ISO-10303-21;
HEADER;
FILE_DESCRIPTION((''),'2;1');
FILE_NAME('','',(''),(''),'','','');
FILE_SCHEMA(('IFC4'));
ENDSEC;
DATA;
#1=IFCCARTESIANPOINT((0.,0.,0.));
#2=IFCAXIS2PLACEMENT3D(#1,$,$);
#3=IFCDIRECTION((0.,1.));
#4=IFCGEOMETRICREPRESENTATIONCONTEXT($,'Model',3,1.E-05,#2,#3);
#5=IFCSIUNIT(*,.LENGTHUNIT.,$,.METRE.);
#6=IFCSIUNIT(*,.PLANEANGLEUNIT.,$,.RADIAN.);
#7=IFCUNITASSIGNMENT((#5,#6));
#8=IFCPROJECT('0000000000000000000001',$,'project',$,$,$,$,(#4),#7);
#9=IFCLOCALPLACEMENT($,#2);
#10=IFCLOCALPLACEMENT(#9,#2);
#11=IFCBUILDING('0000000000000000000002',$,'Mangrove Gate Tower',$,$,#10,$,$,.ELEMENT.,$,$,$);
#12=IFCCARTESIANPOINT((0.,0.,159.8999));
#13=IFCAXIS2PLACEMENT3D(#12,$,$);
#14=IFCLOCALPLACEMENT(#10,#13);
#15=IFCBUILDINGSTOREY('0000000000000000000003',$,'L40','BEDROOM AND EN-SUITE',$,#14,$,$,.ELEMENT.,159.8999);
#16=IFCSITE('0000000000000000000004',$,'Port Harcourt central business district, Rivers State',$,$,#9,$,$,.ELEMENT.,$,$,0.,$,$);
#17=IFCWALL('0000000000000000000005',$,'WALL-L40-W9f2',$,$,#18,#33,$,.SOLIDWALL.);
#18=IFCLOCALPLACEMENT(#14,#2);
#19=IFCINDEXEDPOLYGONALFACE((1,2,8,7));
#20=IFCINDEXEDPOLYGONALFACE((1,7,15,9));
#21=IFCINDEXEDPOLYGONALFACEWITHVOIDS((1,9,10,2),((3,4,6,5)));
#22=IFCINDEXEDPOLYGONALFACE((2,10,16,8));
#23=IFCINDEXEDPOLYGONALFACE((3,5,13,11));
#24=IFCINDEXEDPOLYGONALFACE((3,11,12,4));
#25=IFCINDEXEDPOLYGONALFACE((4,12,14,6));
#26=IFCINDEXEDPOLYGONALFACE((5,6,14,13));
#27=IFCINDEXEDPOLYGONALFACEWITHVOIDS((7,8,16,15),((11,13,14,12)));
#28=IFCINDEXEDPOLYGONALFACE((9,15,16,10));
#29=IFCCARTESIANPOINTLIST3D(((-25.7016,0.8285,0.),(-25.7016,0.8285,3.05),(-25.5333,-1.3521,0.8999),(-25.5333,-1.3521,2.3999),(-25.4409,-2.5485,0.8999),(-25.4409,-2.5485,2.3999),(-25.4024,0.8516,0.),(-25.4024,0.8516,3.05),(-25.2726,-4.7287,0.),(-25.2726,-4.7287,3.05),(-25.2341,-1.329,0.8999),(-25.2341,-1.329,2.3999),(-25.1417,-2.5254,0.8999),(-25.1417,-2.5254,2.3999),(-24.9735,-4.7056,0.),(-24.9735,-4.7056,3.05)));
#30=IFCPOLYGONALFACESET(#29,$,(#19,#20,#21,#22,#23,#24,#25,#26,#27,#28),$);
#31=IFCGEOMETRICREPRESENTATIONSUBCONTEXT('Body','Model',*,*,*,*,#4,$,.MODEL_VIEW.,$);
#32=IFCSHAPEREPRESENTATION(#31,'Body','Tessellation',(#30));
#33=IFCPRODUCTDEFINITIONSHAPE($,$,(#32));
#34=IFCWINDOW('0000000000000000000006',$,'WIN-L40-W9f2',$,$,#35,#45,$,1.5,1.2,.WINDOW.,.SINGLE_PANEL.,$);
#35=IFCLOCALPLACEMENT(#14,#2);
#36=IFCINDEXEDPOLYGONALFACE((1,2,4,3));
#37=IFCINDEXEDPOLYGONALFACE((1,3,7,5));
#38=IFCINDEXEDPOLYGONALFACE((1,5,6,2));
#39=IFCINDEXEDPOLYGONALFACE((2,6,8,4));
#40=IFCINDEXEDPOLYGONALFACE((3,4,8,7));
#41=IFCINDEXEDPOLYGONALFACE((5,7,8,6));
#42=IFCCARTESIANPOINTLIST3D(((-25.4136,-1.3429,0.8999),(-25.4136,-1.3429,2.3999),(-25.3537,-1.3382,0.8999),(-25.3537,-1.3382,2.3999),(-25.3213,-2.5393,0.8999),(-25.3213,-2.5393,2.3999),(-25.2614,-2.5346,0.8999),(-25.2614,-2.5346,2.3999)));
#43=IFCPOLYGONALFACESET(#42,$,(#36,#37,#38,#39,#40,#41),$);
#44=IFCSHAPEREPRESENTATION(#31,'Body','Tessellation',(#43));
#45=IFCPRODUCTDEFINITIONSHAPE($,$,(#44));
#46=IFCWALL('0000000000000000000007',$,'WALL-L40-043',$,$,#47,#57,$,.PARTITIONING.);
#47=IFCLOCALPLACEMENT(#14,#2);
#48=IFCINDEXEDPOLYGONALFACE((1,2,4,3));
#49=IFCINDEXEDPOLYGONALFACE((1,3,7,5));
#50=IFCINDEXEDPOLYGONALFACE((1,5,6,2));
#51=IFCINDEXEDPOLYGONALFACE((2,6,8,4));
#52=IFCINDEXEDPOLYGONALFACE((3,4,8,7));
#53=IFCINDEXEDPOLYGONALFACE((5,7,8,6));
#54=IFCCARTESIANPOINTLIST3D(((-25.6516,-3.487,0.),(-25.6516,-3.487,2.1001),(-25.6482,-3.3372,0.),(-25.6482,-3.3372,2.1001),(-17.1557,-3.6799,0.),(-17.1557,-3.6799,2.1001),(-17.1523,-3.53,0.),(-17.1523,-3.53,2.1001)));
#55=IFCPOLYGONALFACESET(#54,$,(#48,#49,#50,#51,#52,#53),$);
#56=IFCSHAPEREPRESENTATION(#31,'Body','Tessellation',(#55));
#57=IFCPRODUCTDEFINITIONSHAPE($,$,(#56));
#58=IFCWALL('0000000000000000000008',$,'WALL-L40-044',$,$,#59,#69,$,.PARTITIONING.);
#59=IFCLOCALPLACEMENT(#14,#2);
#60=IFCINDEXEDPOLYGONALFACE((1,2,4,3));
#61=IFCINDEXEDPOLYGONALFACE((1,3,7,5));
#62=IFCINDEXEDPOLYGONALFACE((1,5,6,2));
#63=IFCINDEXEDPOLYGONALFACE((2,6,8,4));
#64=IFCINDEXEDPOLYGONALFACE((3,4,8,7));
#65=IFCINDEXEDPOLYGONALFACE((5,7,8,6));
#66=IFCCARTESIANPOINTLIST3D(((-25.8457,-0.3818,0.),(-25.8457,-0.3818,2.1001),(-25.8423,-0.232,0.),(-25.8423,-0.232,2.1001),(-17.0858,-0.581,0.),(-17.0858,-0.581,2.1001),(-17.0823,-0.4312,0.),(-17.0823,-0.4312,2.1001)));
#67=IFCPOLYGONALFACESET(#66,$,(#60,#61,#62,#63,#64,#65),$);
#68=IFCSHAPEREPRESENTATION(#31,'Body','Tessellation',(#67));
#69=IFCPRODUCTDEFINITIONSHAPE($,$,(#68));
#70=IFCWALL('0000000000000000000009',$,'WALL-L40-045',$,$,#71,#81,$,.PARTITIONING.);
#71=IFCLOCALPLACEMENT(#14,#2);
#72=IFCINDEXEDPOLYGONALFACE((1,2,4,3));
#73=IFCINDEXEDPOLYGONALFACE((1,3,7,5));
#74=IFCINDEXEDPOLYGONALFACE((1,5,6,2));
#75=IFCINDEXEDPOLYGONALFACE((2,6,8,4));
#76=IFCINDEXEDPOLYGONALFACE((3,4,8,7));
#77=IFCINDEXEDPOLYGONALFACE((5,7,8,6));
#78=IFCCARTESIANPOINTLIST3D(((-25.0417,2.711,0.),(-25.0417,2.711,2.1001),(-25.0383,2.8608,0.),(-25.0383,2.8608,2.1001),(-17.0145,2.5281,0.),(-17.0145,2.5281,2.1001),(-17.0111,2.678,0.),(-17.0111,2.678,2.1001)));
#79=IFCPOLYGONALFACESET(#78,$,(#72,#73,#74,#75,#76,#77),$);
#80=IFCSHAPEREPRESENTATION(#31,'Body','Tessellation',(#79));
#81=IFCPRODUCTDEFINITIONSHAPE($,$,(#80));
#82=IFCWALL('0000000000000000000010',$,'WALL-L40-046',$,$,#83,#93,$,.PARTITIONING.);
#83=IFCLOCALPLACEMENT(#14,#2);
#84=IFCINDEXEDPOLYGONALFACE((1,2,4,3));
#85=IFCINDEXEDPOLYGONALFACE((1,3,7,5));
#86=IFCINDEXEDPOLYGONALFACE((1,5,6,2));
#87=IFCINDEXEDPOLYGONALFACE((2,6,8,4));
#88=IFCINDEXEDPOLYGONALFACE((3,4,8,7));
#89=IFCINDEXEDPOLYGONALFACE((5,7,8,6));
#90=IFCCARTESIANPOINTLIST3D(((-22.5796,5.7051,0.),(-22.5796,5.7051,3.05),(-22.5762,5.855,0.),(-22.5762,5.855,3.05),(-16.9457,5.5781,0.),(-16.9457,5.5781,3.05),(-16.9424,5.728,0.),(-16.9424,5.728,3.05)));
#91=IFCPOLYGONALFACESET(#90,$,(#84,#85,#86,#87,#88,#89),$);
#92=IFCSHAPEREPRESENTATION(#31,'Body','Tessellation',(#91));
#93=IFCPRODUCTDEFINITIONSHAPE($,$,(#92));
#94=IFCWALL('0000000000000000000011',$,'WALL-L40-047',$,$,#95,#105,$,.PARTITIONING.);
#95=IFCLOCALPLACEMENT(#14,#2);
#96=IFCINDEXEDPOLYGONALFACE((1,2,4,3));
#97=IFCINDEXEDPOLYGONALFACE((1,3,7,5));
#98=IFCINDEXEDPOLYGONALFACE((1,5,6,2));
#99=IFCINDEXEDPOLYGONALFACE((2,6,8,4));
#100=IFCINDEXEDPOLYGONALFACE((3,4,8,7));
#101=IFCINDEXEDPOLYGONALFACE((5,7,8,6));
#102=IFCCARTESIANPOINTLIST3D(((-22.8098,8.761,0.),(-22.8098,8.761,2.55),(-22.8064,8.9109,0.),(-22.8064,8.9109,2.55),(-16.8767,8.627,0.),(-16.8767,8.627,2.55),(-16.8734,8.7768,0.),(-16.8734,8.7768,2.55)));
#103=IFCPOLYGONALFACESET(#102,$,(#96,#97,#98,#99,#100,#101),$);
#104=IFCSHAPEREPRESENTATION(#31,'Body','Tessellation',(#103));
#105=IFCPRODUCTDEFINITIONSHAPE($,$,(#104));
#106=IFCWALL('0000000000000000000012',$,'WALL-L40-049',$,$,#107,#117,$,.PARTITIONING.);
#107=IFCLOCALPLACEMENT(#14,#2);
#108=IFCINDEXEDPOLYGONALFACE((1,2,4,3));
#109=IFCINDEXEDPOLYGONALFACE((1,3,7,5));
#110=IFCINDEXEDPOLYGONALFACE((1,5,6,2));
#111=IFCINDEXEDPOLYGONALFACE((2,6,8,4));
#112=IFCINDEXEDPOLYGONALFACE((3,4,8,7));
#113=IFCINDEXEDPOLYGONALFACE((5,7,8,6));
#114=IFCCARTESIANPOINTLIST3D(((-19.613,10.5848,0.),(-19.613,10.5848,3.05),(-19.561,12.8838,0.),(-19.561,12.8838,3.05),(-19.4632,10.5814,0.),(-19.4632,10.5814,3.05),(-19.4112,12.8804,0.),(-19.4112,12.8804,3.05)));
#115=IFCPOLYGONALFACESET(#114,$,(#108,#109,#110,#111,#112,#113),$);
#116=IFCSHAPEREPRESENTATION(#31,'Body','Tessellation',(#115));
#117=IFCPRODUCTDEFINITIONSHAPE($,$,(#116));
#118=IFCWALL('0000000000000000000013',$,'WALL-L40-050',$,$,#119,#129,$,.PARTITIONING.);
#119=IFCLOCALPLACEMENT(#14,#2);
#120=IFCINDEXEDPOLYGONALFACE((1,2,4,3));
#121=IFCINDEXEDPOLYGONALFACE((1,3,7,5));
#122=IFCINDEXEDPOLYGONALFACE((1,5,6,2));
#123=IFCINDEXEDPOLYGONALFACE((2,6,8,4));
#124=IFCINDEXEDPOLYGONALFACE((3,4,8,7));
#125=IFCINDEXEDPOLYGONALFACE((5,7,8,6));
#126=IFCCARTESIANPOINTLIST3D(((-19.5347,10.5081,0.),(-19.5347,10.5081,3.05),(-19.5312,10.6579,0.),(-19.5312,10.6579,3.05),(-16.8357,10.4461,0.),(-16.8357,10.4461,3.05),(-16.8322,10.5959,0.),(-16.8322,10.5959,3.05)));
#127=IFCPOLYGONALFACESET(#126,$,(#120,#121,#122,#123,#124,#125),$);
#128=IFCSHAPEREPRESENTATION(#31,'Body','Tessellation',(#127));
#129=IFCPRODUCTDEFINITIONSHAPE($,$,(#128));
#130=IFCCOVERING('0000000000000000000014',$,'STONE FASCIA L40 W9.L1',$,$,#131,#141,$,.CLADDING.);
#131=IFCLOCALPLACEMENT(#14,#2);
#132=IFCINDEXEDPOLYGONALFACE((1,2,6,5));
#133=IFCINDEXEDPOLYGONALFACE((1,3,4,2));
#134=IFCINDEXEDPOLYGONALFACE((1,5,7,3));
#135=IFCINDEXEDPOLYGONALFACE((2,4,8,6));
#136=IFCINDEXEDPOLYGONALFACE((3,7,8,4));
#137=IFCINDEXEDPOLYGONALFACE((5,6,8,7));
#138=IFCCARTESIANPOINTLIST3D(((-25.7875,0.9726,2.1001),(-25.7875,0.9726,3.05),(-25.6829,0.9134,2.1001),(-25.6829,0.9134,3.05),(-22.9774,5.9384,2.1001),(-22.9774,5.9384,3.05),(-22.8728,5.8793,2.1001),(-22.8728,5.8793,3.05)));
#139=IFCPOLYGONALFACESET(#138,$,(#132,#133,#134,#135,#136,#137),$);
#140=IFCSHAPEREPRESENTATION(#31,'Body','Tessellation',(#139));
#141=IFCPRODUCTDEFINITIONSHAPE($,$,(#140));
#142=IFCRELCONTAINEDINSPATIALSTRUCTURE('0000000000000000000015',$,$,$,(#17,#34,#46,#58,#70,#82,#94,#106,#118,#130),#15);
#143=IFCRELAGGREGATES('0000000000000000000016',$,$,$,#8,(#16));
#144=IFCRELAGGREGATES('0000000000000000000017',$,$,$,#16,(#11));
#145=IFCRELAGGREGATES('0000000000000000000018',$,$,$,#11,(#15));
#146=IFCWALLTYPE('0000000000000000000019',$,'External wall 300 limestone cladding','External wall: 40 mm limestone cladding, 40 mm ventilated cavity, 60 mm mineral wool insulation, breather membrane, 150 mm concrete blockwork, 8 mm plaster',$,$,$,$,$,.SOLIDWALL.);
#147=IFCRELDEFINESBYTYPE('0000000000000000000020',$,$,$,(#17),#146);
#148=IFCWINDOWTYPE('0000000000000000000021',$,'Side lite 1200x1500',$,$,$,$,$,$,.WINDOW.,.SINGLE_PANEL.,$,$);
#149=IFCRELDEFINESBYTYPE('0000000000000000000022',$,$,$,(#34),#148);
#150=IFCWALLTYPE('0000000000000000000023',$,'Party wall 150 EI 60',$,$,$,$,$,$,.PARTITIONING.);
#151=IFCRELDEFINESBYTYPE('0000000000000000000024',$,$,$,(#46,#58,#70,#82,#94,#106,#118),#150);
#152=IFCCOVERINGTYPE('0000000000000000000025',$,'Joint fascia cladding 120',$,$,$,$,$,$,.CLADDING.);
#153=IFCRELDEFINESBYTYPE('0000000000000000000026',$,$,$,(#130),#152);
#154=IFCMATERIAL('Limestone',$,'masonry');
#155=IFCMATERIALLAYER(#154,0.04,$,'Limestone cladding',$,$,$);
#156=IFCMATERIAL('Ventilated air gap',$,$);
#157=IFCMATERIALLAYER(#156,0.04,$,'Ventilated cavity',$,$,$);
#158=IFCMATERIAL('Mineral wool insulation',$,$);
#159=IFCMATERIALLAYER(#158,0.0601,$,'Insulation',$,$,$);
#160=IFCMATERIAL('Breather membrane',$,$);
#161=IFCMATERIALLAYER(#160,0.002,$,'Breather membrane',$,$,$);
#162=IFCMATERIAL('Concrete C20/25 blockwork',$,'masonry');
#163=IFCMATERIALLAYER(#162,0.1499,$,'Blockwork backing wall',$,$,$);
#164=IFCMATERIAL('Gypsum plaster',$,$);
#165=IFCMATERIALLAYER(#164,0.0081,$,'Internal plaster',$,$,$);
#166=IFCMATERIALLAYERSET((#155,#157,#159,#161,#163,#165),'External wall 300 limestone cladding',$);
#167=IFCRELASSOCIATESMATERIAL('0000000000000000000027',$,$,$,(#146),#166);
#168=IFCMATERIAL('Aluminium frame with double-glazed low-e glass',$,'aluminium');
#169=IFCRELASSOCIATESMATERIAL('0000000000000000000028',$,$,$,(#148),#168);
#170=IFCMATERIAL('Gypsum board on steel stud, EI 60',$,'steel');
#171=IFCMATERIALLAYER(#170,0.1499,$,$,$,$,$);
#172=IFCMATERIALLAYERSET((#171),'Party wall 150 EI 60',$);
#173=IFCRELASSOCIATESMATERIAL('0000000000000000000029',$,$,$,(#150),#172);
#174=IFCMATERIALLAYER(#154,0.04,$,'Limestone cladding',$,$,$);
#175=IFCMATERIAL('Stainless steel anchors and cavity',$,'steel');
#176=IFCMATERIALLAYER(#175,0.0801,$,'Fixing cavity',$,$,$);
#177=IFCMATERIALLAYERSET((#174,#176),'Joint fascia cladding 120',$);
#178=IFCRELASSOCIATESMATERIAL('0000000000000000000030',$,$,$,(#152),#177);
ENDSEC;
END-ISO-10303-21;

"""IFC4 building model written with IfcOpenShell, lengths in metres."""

from ifc_helpers import new_model, si_unit, direction, frame, frame_2d, origin, place, context, subcontext, project, spatial, rectangle, extrude, material, layer, layer_set, type_object, element, fill, save


model = new_model("IFC4")

# Units and contexts
model_context = context("Model", 3, precision=1e-05, world=origin(), true_north=direction((0.0, 1.0)))
body_context = subcontext(model_context, "Body", "Model", "MODEL_VIEW")
ifc_project = project(units=[si_unit("LENGTHUNIT", "METRE"), si_unit("PLANEANGLEUNIT", "RADIAN")], contexts=[model_context])

# Site, building, storey
site_placement = place(None, origin())
site = spatial("IfcSite", under=ifc_project, at=site_placement, Name="Port Harcourt central business district, Rivers State", CompositionType="ELEMENT", RefElevation=0.0)
building_placement = place(site_placement, origin())
building = spatial("IfcBuilding", under=site, at=building_placement, Name="Mangrove Gate Tower", CompositionType="ELEMENT")
storey_placement = place(building_placement, frame((0.0, 0.0, 159.8999)))
storey = spatial("IfcBuildingStorey", under=building, at=storey_placement, Name="L40", Description="BEDROOM AND EN-SUITE", CompositionType="ELEMENT", Elevation=159.8999)

# Wall, opening, window
ifc_material_1 = material(Name="Limestone", Category="masonry")
ifc_layer_1 = layer(ifc_material_1, 0.04, Name="Limestone cladding")
ifc_material_2 = material(Name="Ventilated air gap")
ifc_layer_2 = layer(ifc_material_2, 0.04, Name="Ventilated cavity")
ifc_material_3 = material(Name="Mineral wool insulation")
ifc_layer_3 = layer(ifc_material_3, 0.0601, Name="Insulation")
ifc_material_4 = material(Name="Breather membrane")
ifc_layer_4 = layer(ifc_material_4, 0.002, Name="Breather membrane")
ifc_material_5 = material(Name="Concrete C20/25 blockwork", Category="masonry")
ifc_layer_5 = layer(ifc_material_5, 0.1499, Name="Blockwork backing wall")
ifc_material_6 = material(Name="Gypsum plaster")
ifc_layer_6 = layer(ifc_material_6, 0.0081, Name="Internal plaster")
ifc_layer_set_1 = layer_set([ifc_layer_1, ifc_layer_2, ifc_layer_3, ifc_layer_4, ifc_layer_5, ifc_layer_6], Name="External wall 300 limestone cladding")
wall_type_1 = type_object("IfcWallType", Name="External wall 300 limestone cladding", Description="External wall: 40 mm limestone cladding, 40 mm ventilated cavity, 60 mm mineral wool insulation, breather membrane, 150 mm concrete blockwork, 8 mm plaster", PredefinedType="SOLIDWALL", material=ifc_layer_set_1)
ifc_material_7 = material(Name="Aluminium frame with double-glazed low-e glass", Category="aluminium")
window_type = type_object("IfcWindowType", Name="Side lite 1200x1500", PartitioningType="SINGLE_PANEL", PredefinedType="WINDOW", material=ifc_material_7)
wall_1_placement = place(storey_placement, frame((-25.552, 0.8401, 0.0), z_axis=(0.0, 0.0, 1.0), x_axis=(0.076961, -0.997034, 0.0)))
wall_1 = element("IfcWall", 1, at=wall_1_placement, inside=storey, type_object=wall_type_1, Name="WALL-L40-W9f2", PredefinedType="SOLIDWALL", context=body_context, shape_type="SweptSolid", body=[
    extrude(rectangle(XDim=5.5737, YDim=0.3, at=frame_2d((2.7869, 0.0))), origin(), (0.0, 0.0, 1.0), 3.05),
])
opening_1_placement = place(wall_1_placement, frame((2.187, 0.0, 0.8999)))
opening_1 = element("IfcOpeningElement", 2, at=opening_1_placement, cuts=wall_1, PredefinedType="OPENING", context=body_context, shape_type="SweptSolid", body=[
    extrude(rectangle(XDim=1.2, YDim=1.5, at=frame_2d((0.6001, 0.75))), frame((0.0, 0.1599, 0.0), z_axis=(0.0, -1.0, 0.0), x_axis=(1.0, 0.0, 0.0)), (0.0, 0.0, 1.0), 0.3201),
])
window_1_placement = place(opening_1_placement, origin())
window_1 = element("IfcWindow", 3, at=window_1_placement, inside=storey, type_object=window_type, Name="WIN-L40-W9f2", OverallHeight=1.5, OverallWidth=1.2, PartitioningType="SINGLE_PANEL", PredefinedType="WINDOW", context=body_context, shape_type="SweptSolid", body=[
    extrude(rectangle(XDim=1.2, YDim=1.5, at=frame_2d((0.6001, 0.75))), frame((0.0, 0.03, 0.0), z_axis=(0.0, -1.0, 0.0), x_axis=(1.0, 0.0, 0.0)), (0.0, 0.0, 1.0), 0.0601),
])
fill(opening_1, window_1)

# Walls
ifc_material_8 = material(Name="Gypsum board on steel stud, EI 60", Category="steel")
ifc_layer_7 = layer(ifc_material_8, 0.1499)
ifc_layer_set_2 = layer_set([ifc_layer_7], Name="Party wall 150 EI 60")
wall_type_2 = type_object("IfcWallType", Name="Party wall 150 EI 60", PredefinedType="PARTITIONING", material=ifc_layer_set_2)
wall_2_placement = place(storey_placement, frame((-25.6499, -3.4121, 0.0), z_axis=(0.0, 0.0, 1.0), x_axis=(0.999742, -0.022696, 0.0)))
element("IfcWall", 4, at=wall_2_placement, inside=storey, type_object=wall_type_2, Name="WALL-L40-043", PredefinedType="PARTITIONING", context=body_context, shape_type="SweptSolid", body=[
    extrude(rectangle(XDim=8.498, YDim=0.1499, at=frame_2d((4.249, 0.0))), origin(), (0.0, 0.0, 1.0), 2.1001),
])
wall_3_placement = place(storey_placement, frame((-25.844, -0.3069, 0.0), z_axis=(0.0, 0.0, 1.0), x_axis=(0.999742, -0.022736, 0.0)))
element("IfcWall", 5, at=wall_3_placement, inside=storey, type_object=wall_type_2, Name="WALL-L40-044", PredefinedType="PARTITIONING", context=body_context, shape_type="SweptSolid", body=[
    extrude(rectangle(XDim=8.7622, YDim=0.1499, at=frame_2d((4.3811, 0.0))), origin(), (0.0, 0.0, 1.0), 2.1001),
])
wall_4_placement = place(storey_placement, frame((-25.04, 2.7859, 0.0), z_axis=(0.0, 0.0, 1.0), x_axis=(0.999741, -0.022775, 0.0)))
element("IfcWall", 6, at=wall_4_placement, inside=storey, type_object=wall_type_2, Name="WALL-L40-045", PredefinedType="PARTITIONING", context=body_context, shape_type="SweptSolid", body=[
    extrude(rectangle(XDim=8.0293, YDim=0.1499, at=frame_2d((4.0146, 0.0))), origin(), (0.0, 0.0, 1.0), 2.1001),
])
wall_5_placement = place(storey_placement, frame((-22.5779, 5.78, 0.0), z_axis=(0.0, 0.0, 1.0), x_axis=(0.999746, -0.022529, 0.0)))
element("IfcWall", 7, at=wall_5_placement, inside=storey, type_object=wall_type_2, Name="WALL-L40-046", PredefinedType="PARTITIONING", context=body_context, shape_type="SweptSolid", body=[
    extrude(rectangle(XDim=5.6353, YDim=0.1499, at=frame_2d((2.8176, 0.0))), origin(), (0.0, 0.0, 1.0), 3.05),
])
wall_6_placement = place(storey_placement, frame((-22.8081, 8.8359, 0.0), z_axis=(0.0, 0.0, 1.0), x_axis=(0.999745, -0.022585, 0.0)))
element("IfcWall", 8, at=wall_6_placement, inside=storey, type_object=wall_type_2, Name="WALL-L40-047", PredefinedType="PARTITIONING", context=body_context, shape_type="SweptSolid", body=[
    extrude(rectangle(XDim=5.9346, YDim=0.1499, at=frame_2d((2.9673, 0.0))), origin(), (0.0, 0.0, 1.0), 2.55),
])
wall_7_placement = place(storey_placement, frame((-19.5381, 10.583, 0.0), z_axis=(0.0, 0.0, 1.0), x_axis=(0.022613, 0.999744, 0.0)))
element("IfcWall", 9, at=wall_7_placement, inside=storey, type_object=wall_type_2, Name="WALL-L40-049", PredefinedType="PARTITIONING", context=body_context, shape_type="SweptSolid", body=[
    extrude(rectangle(XDim=2.2996, YDim=0.1499, at=frame_2d((1.1499, 0.0))), origin(), (0.0, 0.0, 1.0), 3.05),
])
wall_8_placement = place(storey_placement, frame((-19.533, 10.583, 0.0), z_axis=(0.0, 0.0, 1.0), x_axis=(0.999736, -0.02297, 0.0)))
element("IfcWall", 10, at=wall_8_placement, inside=storey, type_object=wall_type_2, Name="WALL-L40-050", PredefinedType="PARTITIONING", context=body_context, shape_type="SweptSolid", body=[
    extrude(rectangle(XDim=2.6997, YDim=0.1499, at=frame_2d((1.3499, 0.0))), origin(), (0.0, 0.0, 1.0), 3.05),
])

# Covering
ifc_layer_8 = layer(ifc_material_1, 0.04, Name="Limestone cladding")
ifc_material_9 = material(Name="Stainless steel anchors and cavity", Category="steel")
ifc_layer_9 = layer(ifc_material_9, 0.0801, Name="Fixing cavity")
ifc_layer_set_3 = layer_set([ifc_layer_8, ifc_layer_9], Name="Joint fascia cladding 120")
covering_type = type_object("IfcCoveringType", Name="Joint fascia cladding 120", PredefinedType="CLADDING", material=ifc_layer_set_3)
covering_placement = place(storey_placement, frame((-22.925, 5.9089, 2.1001), z_axis=(0.0, 0.0, 1.0), x_axis=(-0.492494, -0.870316, 0.0)))
element("IfcCovering", 11, at=covering_placement, inside=storey, type_object=covering_type, Name="STONE FASCIA L40 W9.L1", PredefinedType="CLADDING", context=body_context, shape_type="SweptSolid", body=[
    extrude(rectangle(XDim=5.7058, YDim=0.1201, at=frame_2d((2.853, 0.0))), origin(), (0.0, 0.0, 1.0), 0.95),
])

save(model, "model.ifc")
